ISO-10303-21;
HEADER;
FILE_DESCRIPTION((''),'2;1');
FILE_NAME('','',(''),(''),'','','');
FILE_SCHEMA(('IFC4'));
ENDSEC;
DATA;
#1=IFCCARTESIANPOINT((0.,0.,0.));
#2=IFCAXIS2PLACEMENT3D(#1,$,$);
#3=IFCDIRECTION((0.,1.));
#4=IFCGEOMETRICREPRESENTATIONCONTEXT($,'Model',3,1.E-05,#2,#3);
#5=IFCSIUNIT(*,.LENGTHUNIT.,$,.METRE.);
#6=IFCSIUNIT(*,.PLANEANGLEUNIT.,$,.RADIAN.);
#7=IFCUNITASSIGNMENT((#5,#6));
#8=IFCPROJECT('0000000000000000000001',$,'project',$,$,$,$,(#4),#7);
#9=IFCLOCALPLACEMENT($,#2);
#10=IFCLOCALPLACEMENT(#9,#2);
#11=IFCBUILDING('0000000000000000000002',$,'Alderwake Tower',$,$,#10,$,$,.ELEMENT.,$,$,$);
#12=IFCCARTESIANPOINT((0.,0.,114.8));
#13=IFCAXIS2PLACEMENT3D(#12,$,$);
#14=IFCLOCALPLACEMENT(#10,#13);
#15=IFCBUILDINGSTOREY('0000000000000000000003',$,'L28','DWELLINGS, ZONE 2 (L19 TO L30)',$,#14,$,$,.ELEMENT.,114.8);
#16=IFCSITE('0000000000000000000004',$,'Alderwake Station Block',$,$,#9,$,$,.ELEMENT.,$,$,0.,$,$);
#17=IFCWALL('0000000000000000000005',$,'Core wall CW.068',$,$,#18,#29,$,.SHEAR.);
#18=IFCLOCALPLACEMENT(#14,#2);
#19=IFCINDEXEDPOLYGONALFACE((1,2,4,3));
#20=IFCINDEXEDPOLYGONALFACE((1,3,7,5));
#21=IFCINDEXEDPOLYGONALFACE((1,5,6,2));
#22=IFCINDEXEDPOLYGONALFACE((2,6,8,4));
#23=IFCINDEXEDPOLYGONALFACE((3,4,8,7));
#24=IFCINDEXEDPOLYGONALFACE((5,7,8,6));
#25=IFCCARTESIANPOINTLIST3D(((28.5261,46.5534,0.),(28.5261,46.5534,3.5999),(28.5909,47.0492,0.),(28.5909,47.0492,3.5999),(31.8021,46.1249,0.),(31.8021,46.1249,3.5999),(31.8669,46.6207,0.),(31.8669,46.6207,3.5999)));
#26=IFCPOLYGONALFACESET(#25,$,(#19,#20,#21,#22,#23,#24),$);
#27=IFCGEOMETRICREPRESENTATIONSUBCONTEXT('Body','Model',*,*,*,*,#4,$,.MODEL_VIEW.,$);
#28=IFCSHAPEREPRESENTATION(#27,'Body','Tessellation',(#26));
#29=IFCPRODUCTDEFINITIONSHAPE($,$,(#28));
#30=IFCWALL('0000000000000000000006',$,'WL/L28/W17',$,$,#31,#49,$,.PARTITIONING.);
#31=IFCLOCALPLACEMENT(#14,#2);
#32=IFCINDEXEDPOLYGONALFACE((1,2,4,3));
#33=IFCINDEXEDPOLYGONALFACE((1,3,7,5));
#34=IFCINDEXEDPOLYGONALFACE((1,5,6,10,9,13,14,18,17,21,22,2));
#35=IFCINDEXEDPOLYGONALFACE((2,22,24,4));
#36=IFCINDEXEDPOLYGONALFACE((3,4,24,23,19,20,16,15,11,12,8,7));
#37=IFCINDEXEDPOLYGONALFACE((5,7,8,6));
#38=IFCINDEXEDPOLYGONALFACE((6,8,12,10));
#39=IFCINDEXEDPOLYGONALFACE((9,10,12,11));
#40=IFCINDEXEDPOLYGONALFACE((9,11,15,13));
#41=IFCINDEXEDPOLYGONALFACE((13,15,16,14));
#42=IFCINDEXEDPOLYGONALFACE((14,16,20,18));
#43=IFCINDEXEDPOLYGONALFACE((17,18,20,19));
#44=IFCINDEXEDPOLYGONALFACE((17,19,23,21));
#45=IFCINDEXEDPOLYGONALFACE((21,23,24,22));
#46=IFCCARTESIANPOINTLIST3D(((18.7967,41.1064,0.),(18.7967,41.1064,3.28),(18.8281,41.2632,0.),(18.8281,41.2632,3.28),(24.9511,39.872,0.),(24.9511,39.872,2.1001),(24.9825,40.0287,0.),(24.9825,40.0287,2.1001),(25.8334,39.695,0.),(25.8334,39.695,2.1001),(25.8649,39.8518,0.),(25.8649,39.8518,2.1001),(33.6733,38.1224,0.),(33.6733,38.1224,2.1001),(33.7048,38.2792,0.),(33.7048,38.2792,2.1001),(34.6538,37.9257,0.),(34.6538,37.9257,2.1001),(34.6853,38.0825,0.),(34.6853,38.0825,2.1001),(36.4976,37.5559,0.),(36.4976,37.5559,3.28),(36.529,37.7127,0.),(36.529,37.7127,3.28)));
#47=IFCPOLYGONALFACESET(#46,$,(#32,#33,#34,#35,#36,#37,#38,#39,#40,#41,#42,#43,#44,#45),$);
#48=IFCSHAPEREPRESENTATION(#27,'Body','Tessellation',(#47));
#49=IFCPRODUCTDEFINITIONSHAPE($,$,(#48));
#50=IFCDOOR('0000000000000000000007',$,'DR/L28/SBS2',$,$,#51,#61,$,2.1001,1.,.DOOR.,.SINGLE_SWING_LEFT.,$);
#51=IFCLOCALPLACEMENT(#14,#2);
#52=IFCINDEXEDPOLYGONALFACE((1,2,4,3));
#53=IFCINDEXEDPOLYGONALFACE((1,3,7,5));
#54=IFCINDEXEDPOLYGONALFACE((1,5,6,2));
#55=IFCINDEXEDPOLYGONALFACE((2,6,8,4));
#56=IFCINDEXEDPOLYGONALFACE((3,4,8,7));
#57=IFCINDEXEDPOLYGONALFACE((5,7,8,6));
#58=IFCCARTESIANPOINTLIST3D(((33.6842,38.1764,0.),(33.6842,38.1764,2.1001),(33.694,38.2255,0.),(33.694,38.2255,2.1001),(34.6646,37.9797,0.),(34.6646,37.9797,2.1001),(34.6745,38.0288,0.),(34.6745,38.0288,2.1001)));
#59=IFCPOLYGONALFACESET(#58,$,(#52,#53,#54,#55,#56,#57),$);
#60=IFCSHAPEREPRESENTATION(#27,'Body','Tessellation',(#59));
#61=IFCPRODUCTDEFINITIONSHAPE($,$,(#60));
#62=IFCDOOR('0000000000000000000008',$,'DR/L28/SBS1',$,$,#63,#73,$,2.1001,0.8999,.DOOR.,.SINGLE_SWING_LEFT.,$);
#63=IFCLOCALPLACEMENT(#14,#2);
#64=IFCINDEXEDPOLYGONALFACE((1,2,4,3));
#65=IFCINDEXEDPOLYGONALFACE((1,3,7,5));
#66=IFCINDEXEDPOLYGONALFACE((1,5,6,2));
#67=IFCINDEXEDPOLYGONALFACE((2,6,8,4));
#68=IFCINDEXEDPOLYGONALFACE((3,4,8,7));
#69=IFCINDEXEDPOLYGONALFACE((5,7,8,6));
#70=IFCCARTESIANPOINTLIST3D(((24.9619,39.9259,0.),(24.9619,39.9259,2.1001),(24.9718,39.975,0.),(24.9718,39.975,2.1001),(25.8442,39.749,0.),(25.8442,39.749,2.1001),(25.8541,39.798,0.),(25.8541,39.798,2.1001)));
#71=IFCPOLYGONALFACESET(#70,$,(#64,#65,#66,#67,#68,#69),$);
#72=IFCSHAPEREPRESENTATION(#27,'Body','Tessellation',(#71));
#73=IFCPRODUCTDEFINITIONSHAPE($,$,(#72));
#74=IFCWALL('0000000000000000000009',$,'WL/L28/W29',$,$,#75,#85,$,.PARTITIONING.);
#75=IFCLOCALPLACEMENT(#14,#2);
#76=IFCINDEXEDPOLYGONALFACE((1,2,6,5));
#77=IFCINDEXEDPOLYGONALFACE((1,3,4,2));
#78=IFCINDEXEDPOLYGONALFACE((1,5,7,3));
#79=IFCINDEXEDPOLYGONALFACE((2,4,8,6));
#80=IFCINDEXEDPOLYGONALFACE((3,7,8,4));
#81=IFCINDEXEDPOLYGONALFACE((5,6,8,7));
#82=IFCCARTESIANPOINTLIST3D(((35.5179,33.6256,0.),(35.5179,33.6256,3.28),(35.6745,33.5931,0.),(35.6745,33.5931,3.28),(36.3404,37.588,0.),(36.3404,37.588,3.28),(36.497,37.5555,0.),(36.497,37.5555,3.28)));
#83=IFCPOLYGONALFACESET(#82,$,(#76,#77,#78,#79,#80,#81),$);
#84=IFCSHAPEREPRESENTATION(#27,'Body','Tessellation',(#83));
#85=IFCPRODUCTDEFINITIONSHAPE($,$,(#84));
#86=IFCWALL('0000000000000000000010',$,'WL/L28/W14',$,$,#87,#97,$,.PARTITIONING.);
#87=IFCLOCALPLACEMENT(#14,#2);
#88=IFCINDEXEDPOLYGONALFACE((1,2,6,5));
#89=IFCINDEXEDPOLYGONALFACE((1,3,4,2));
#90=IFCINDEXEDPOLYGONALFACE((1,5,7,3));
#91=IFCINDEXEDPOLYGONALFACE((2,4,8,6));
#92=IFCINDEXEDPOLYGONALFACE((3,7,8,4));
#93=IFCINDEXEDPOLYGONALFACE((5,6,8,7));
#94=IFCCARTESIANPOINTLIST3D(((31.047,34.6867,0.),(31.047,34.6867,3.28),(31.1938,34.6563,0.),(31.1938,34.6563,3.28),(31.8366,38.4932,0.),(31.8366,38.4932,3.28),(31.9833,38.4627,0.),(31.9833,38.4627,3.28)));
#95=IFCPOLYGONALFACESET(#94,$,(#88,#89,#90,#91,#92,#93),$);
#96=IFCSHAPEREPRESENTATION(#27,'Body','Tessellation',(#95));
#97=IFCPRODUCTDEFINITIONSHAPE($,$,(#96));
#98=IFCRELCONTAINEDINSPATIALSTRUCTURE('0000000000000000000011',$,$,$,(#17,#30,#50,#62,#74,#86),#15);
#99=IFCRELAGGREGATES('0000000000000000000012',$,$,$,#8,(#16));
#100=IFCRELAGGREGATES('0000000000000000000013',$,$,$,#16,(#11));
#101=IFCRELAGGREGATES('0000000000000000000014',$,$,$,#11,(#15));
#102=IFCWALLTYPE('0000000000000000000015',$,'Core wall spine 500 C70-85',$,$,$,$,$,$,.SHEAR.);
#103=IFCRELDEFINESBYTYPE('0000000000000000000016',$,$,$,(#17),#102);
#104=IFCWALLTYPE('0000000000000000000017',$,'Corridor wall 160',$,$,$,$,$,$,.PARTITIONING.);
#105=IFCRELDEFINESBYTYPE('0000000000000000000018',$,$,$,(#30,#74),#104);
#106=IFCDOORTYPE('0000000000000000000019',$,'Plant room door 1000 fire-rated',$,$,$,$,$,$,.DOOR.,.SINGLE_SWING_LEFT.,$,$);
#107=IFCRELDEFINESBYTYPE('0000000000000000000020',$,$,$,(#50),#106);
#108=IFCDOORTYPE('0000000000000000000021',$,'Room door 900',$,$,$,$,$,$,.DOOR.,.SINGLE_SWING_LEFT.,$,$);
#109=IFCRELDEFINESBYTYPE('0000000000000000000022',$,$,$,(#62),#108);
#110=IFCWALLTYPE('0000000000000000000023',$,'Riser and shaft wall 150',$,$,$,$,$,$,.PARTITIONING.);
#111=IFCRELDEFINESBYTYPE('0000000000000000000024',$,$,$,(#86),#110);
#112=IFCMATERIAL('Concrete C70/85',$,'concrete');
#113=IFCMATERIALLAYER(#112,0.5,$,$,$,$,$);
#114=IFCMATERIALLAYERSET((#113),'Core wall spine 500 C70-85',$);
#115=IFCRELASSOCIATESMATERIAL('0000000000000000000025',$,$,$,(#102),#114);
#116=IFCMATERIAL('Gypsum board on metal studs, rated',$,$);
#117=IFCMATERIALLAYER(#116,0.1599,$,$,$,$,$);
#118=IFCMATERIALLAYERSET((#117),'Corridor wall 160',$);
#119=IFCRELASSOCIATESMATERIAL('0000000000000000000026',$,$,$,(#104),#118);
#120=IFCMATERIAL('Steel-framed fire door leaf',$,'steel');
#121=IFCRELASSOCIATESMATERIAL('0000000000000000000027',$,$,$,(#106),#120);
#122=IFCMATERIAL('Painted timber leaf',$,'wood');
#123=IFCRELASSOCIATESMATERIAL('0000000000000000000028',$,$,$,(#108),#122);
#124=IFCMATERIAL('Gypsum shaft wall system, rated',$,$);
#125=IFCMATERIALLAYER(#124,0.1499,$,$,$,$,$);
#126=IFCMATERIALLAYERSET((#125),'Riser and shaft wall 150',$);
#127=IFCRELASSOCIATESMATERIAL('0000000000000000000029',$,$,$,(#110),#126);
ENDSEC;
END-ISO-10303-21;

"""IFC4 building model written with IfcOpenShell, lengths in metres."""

from ifc_helpers import new_model, si_unit, direction, frame, frame_2d, origin, place, context, subcontext, project, spatial, rectangle, extrude, material, layer, layer_set, type_object, element, fill, save


model = new_model("IFC4")

# Units and contexts
model_context = context("Model", 3, precision=1e-05, world=origin(), true_north=direction((0.0, 1.0)))
body_context = subcontext(model_context, "Body", "Model", "MODEL_VIEW")
ifc_project = project(units=[si_unit("LENGTHUNIT", "METRE"), si_unit("PLANEANGLEUNIT", "RADIAN")], contexts=[model_context])

# Site, building, storey
site_placement = place(None, origin())
site = spatial("IfcSite", under=ifc_project, at=site_placement, Name="Alderwake Station Block", CompositionType="ELEMENT", RefElevation=0.0)
building_placement = place(site_placement, origin())
building = spatial("IfcBuilding", under=site, at=building_placement, Name="Alderwake Tower", CompositionType="ELEMENT")
storey_placement = place(building_placement, frame((0.0, 0.0, 114.8)))
storey = spatial("IfcBuildingStorey", under=building, at=storey_placement, Name="L28", Description="DWELLINGS, ZONE 2 (L19 TO L30)", CompositionType="ELEMENT", Elevation=114.8)

# Shared definitions
ifc_material_1 = material(Name="Concrete C70/85", Category="concrete")
ifc_layer_1 = layer(ifc_material_1, 0.5)
ifc_layer_set_1 = layer_set([ifc_layer_1], Name="Core wall spine 500 C70-85")
wall_type_1 = type_object("IfcWallType", Name="Core wall spine 500 C70-85", PredefinedType="SHEAR", material=ifc_layer_set_1)

# Wall
wall_1_placement = place(storey_placement, frame((28.5586, 46.8013, 0.0), z_axis=(0.0, 0.0, 1.0), x_axis=(0.991556, -0.12968, 0.0)))
element("IfcWall", 1, at=wall_1_placement, inside=storey, type_object=wall_type_1, Name="Core wall CW.068", PredefinedType="SHEAR", context=body_context, shape_type="SweptSolid", body=[
    extrude(rectangle(XDim=3.304, YDim=0.5, at=frame_2d((1.6519, 0.0))), origin(), (0.0, 0.0, 1.0), 3.5999),
])

# Wall, openings, doors
ifc_material_2 = material(Name="Gypsum board on metal studs, rated")
ifc_layer_2 = layer(ifc_material_2, 0.1599)
ifc_layer_set_2 = layer_set([ifc_layer_2], Name="Corridor wall 160")
wall_type_2 = type_object("IfcWallType", Name="Corridor wall 160", PredefinedType="PARTITIONING", material=ifc_layer_set_2)
wall_2_placement = place(storey_placement, frame((36.5134, 37.6343, 0.0), z_axis=(0.0, 0.0, 1.0), x_axis=(-0.98047, 0.196667, 0.0)))
wall_2 = element("IfcWall", 2, at=wall_2_placement, inside=storey, type_object=wall_type_2, Name="WL/L28/W17", PredefinedType="PARTITIONING", context=body_context, shape_type="SweptSolid", body=[
    extrude(rectangle(XDim=18.0535, YDim=0.1599, at=frame_2d((9.0269, 0.0))), origin(), (0.0, 0.0, 1.0), 3.28),
])
opening_1_placement = place(wall_2_placement, frame((10.8767, 0.0, 0.0)))
opening_1 = element("IfcOpeningElement", 3, at=opening_1_placement, cuts=wall_2, PredefinedType="OPENING", context=body_context, shape_type="SweptSolid", body=[
    extrude(rectangle(XDim=0.8999, YDim=2.1001, at=frame_2d((0.45, 1.05))), frame((0.0, 0.0898, 0.0), z_axis=(0.0, -1.0, 0.0), x_axis=(1.0, 0.0, 0.0)), (0.0, 0.0, 1.0), 0.1799),
])
opening_2_placement = place(wall_2_placement, frame((1.8806, 0.0, 0.0)))
opening_2 = element("IfcOpeningElement", 4, at=opening_2_placement, cuts=wall_2, PredefinedType="OPENING", context=body_context, shape_type="SweptSolid", body=[
    extrude(rectangle(XDim=1.0, YDim=2.1001, at=frame_2d((0.5, 1.05))), frame((0.0, 0.0898, 0.0), z_axis=(0.0, -1.0, 0.0), x_axis=(1.0, 0.0, 0.0)), (0.0, 0.0, 1.0), 0.1799),
])
ifc_material_3 = material(Name="Steel-framed fire door leaf", Category="steel")
door_type_1 = type_object("IfcDoorType", Name="Plant room door 1000 fire-rated", OperationType="SINGLE_SWING_LEFT", PredefinedType="DOOR", material=ifc_material_3)
door_1_placement = place(opening_2_placement, origin())
door_1 = element("IfcDoor", 5, at=door_1_placement, inside=storey, type_object=door_type_1, Name="DR/L28/SBS2", OperationType="SINGLE_SWING_LEFT", OverallHeight=2.1001, OverallWidth=1.0, PredefinedType="DOOR", context=body_context, shape_type="SweptSolid", body=[
    extrude(rectangle(XDim=1.0, YDim=2.1001, at=frame_2d((0.5, 1.05))), frame((0.0, 0.0249, 0.0), z_axis=(0.0, -1.0, 0.0), x_axis=(1.0, 0.0, 0.0)), (0.0, 0.0, 1.0), 0.05),
])
fill(opening_2, door_1)
ifc_material_4 = material(Name="Painted timber leaf", Category="wood")
door_type_2 = type_object("IfcDoorType", Name="Room door 900", OperationType="SINGLE_SWING_LEFT", PredefinedType="DOOR", material=ifc_material_4)
door_2_placement = place(opening_1_placement, origin())
door_2 = element("IfcDoor", 6, at=door_2_placement, inside=storey, type_object=door_type_2, Name="DR/L28/SBS1", OperationType="SINGLE_SWING_LEFT", OverallHeight=2.1001, OverallWidth=0.8999, PredefinedType="DOOR", context=body_context, shape_type="SweptSolid", body=[
    extrude(rectangle(XDim=0.8999, YDim=2.1001, at=frame_2d((0.45, 1.05))), frame((0.0, 0.0249, 0.0), z_axis=(0.0, -1.0, 0.0), x_axis=(1.0, 0.0, 0.0)), (0.0, 0.0, 1.0), 0.05),
])
fill(opening_1, door_2)

# Walls
wall_3_placement = place(storey_placement, frame((36.4187, 37.5718, 0.0), z_axis=(0.0, 0.0, 1.0), x_axis=(-0.203246, -0.979128, 0.0)))
element("IfcWall", 7, at=wall_3_placement, inside=storey, type_object=wall_type_2, Name="WL/L28/W29", PredefinedType="PARTITIONING", context=body_context, shape_type="SweptSolid", body=[
    extrude(rectangle(XDim=4.0469, YDim=0.1599, at=frame_2d((2.0234, 0.0))), origin(), (0.0, 0.0, 1.0), 3.28),
])
ifc_material_5 = material(Name="Gypsum shaft wall system, rated")
ifc_layer_3 = layer(ifc_material_5, 0.1499)
ifc_layer_set_3 = layer_set([ifc_layer_3], Name="Riser and shaft wall 150")
wall_type_3 = type_object("IfcWallType", Name="Riser and shaft wall 150", PredefinedType="PARTITIONING", material=ifc_layer_set_3)
wall_4_placement = place(storey_placement, frame((31.1204, 34.6714, 0.0), z_axis=(0.0, 0.0, 1.0), x_axis=(0.203104, 0.979157, 0.0)))
element("IfcWall", 8, at=wall_4_placement, inside=storey, type_object=wall_type_3, Name="WL/L28/W14", PredefinedType="PARTITIONING", context=body_context, shape_type="SweptSolid", body=[
    extrude(rectangle(XDim=3.8875, YDim=0.1499, at=frame_2d((1.9438, 0.0))), origin(), (0.0, 0.0, 1.0), 3.28),
])

save(model, "model.ifc")
